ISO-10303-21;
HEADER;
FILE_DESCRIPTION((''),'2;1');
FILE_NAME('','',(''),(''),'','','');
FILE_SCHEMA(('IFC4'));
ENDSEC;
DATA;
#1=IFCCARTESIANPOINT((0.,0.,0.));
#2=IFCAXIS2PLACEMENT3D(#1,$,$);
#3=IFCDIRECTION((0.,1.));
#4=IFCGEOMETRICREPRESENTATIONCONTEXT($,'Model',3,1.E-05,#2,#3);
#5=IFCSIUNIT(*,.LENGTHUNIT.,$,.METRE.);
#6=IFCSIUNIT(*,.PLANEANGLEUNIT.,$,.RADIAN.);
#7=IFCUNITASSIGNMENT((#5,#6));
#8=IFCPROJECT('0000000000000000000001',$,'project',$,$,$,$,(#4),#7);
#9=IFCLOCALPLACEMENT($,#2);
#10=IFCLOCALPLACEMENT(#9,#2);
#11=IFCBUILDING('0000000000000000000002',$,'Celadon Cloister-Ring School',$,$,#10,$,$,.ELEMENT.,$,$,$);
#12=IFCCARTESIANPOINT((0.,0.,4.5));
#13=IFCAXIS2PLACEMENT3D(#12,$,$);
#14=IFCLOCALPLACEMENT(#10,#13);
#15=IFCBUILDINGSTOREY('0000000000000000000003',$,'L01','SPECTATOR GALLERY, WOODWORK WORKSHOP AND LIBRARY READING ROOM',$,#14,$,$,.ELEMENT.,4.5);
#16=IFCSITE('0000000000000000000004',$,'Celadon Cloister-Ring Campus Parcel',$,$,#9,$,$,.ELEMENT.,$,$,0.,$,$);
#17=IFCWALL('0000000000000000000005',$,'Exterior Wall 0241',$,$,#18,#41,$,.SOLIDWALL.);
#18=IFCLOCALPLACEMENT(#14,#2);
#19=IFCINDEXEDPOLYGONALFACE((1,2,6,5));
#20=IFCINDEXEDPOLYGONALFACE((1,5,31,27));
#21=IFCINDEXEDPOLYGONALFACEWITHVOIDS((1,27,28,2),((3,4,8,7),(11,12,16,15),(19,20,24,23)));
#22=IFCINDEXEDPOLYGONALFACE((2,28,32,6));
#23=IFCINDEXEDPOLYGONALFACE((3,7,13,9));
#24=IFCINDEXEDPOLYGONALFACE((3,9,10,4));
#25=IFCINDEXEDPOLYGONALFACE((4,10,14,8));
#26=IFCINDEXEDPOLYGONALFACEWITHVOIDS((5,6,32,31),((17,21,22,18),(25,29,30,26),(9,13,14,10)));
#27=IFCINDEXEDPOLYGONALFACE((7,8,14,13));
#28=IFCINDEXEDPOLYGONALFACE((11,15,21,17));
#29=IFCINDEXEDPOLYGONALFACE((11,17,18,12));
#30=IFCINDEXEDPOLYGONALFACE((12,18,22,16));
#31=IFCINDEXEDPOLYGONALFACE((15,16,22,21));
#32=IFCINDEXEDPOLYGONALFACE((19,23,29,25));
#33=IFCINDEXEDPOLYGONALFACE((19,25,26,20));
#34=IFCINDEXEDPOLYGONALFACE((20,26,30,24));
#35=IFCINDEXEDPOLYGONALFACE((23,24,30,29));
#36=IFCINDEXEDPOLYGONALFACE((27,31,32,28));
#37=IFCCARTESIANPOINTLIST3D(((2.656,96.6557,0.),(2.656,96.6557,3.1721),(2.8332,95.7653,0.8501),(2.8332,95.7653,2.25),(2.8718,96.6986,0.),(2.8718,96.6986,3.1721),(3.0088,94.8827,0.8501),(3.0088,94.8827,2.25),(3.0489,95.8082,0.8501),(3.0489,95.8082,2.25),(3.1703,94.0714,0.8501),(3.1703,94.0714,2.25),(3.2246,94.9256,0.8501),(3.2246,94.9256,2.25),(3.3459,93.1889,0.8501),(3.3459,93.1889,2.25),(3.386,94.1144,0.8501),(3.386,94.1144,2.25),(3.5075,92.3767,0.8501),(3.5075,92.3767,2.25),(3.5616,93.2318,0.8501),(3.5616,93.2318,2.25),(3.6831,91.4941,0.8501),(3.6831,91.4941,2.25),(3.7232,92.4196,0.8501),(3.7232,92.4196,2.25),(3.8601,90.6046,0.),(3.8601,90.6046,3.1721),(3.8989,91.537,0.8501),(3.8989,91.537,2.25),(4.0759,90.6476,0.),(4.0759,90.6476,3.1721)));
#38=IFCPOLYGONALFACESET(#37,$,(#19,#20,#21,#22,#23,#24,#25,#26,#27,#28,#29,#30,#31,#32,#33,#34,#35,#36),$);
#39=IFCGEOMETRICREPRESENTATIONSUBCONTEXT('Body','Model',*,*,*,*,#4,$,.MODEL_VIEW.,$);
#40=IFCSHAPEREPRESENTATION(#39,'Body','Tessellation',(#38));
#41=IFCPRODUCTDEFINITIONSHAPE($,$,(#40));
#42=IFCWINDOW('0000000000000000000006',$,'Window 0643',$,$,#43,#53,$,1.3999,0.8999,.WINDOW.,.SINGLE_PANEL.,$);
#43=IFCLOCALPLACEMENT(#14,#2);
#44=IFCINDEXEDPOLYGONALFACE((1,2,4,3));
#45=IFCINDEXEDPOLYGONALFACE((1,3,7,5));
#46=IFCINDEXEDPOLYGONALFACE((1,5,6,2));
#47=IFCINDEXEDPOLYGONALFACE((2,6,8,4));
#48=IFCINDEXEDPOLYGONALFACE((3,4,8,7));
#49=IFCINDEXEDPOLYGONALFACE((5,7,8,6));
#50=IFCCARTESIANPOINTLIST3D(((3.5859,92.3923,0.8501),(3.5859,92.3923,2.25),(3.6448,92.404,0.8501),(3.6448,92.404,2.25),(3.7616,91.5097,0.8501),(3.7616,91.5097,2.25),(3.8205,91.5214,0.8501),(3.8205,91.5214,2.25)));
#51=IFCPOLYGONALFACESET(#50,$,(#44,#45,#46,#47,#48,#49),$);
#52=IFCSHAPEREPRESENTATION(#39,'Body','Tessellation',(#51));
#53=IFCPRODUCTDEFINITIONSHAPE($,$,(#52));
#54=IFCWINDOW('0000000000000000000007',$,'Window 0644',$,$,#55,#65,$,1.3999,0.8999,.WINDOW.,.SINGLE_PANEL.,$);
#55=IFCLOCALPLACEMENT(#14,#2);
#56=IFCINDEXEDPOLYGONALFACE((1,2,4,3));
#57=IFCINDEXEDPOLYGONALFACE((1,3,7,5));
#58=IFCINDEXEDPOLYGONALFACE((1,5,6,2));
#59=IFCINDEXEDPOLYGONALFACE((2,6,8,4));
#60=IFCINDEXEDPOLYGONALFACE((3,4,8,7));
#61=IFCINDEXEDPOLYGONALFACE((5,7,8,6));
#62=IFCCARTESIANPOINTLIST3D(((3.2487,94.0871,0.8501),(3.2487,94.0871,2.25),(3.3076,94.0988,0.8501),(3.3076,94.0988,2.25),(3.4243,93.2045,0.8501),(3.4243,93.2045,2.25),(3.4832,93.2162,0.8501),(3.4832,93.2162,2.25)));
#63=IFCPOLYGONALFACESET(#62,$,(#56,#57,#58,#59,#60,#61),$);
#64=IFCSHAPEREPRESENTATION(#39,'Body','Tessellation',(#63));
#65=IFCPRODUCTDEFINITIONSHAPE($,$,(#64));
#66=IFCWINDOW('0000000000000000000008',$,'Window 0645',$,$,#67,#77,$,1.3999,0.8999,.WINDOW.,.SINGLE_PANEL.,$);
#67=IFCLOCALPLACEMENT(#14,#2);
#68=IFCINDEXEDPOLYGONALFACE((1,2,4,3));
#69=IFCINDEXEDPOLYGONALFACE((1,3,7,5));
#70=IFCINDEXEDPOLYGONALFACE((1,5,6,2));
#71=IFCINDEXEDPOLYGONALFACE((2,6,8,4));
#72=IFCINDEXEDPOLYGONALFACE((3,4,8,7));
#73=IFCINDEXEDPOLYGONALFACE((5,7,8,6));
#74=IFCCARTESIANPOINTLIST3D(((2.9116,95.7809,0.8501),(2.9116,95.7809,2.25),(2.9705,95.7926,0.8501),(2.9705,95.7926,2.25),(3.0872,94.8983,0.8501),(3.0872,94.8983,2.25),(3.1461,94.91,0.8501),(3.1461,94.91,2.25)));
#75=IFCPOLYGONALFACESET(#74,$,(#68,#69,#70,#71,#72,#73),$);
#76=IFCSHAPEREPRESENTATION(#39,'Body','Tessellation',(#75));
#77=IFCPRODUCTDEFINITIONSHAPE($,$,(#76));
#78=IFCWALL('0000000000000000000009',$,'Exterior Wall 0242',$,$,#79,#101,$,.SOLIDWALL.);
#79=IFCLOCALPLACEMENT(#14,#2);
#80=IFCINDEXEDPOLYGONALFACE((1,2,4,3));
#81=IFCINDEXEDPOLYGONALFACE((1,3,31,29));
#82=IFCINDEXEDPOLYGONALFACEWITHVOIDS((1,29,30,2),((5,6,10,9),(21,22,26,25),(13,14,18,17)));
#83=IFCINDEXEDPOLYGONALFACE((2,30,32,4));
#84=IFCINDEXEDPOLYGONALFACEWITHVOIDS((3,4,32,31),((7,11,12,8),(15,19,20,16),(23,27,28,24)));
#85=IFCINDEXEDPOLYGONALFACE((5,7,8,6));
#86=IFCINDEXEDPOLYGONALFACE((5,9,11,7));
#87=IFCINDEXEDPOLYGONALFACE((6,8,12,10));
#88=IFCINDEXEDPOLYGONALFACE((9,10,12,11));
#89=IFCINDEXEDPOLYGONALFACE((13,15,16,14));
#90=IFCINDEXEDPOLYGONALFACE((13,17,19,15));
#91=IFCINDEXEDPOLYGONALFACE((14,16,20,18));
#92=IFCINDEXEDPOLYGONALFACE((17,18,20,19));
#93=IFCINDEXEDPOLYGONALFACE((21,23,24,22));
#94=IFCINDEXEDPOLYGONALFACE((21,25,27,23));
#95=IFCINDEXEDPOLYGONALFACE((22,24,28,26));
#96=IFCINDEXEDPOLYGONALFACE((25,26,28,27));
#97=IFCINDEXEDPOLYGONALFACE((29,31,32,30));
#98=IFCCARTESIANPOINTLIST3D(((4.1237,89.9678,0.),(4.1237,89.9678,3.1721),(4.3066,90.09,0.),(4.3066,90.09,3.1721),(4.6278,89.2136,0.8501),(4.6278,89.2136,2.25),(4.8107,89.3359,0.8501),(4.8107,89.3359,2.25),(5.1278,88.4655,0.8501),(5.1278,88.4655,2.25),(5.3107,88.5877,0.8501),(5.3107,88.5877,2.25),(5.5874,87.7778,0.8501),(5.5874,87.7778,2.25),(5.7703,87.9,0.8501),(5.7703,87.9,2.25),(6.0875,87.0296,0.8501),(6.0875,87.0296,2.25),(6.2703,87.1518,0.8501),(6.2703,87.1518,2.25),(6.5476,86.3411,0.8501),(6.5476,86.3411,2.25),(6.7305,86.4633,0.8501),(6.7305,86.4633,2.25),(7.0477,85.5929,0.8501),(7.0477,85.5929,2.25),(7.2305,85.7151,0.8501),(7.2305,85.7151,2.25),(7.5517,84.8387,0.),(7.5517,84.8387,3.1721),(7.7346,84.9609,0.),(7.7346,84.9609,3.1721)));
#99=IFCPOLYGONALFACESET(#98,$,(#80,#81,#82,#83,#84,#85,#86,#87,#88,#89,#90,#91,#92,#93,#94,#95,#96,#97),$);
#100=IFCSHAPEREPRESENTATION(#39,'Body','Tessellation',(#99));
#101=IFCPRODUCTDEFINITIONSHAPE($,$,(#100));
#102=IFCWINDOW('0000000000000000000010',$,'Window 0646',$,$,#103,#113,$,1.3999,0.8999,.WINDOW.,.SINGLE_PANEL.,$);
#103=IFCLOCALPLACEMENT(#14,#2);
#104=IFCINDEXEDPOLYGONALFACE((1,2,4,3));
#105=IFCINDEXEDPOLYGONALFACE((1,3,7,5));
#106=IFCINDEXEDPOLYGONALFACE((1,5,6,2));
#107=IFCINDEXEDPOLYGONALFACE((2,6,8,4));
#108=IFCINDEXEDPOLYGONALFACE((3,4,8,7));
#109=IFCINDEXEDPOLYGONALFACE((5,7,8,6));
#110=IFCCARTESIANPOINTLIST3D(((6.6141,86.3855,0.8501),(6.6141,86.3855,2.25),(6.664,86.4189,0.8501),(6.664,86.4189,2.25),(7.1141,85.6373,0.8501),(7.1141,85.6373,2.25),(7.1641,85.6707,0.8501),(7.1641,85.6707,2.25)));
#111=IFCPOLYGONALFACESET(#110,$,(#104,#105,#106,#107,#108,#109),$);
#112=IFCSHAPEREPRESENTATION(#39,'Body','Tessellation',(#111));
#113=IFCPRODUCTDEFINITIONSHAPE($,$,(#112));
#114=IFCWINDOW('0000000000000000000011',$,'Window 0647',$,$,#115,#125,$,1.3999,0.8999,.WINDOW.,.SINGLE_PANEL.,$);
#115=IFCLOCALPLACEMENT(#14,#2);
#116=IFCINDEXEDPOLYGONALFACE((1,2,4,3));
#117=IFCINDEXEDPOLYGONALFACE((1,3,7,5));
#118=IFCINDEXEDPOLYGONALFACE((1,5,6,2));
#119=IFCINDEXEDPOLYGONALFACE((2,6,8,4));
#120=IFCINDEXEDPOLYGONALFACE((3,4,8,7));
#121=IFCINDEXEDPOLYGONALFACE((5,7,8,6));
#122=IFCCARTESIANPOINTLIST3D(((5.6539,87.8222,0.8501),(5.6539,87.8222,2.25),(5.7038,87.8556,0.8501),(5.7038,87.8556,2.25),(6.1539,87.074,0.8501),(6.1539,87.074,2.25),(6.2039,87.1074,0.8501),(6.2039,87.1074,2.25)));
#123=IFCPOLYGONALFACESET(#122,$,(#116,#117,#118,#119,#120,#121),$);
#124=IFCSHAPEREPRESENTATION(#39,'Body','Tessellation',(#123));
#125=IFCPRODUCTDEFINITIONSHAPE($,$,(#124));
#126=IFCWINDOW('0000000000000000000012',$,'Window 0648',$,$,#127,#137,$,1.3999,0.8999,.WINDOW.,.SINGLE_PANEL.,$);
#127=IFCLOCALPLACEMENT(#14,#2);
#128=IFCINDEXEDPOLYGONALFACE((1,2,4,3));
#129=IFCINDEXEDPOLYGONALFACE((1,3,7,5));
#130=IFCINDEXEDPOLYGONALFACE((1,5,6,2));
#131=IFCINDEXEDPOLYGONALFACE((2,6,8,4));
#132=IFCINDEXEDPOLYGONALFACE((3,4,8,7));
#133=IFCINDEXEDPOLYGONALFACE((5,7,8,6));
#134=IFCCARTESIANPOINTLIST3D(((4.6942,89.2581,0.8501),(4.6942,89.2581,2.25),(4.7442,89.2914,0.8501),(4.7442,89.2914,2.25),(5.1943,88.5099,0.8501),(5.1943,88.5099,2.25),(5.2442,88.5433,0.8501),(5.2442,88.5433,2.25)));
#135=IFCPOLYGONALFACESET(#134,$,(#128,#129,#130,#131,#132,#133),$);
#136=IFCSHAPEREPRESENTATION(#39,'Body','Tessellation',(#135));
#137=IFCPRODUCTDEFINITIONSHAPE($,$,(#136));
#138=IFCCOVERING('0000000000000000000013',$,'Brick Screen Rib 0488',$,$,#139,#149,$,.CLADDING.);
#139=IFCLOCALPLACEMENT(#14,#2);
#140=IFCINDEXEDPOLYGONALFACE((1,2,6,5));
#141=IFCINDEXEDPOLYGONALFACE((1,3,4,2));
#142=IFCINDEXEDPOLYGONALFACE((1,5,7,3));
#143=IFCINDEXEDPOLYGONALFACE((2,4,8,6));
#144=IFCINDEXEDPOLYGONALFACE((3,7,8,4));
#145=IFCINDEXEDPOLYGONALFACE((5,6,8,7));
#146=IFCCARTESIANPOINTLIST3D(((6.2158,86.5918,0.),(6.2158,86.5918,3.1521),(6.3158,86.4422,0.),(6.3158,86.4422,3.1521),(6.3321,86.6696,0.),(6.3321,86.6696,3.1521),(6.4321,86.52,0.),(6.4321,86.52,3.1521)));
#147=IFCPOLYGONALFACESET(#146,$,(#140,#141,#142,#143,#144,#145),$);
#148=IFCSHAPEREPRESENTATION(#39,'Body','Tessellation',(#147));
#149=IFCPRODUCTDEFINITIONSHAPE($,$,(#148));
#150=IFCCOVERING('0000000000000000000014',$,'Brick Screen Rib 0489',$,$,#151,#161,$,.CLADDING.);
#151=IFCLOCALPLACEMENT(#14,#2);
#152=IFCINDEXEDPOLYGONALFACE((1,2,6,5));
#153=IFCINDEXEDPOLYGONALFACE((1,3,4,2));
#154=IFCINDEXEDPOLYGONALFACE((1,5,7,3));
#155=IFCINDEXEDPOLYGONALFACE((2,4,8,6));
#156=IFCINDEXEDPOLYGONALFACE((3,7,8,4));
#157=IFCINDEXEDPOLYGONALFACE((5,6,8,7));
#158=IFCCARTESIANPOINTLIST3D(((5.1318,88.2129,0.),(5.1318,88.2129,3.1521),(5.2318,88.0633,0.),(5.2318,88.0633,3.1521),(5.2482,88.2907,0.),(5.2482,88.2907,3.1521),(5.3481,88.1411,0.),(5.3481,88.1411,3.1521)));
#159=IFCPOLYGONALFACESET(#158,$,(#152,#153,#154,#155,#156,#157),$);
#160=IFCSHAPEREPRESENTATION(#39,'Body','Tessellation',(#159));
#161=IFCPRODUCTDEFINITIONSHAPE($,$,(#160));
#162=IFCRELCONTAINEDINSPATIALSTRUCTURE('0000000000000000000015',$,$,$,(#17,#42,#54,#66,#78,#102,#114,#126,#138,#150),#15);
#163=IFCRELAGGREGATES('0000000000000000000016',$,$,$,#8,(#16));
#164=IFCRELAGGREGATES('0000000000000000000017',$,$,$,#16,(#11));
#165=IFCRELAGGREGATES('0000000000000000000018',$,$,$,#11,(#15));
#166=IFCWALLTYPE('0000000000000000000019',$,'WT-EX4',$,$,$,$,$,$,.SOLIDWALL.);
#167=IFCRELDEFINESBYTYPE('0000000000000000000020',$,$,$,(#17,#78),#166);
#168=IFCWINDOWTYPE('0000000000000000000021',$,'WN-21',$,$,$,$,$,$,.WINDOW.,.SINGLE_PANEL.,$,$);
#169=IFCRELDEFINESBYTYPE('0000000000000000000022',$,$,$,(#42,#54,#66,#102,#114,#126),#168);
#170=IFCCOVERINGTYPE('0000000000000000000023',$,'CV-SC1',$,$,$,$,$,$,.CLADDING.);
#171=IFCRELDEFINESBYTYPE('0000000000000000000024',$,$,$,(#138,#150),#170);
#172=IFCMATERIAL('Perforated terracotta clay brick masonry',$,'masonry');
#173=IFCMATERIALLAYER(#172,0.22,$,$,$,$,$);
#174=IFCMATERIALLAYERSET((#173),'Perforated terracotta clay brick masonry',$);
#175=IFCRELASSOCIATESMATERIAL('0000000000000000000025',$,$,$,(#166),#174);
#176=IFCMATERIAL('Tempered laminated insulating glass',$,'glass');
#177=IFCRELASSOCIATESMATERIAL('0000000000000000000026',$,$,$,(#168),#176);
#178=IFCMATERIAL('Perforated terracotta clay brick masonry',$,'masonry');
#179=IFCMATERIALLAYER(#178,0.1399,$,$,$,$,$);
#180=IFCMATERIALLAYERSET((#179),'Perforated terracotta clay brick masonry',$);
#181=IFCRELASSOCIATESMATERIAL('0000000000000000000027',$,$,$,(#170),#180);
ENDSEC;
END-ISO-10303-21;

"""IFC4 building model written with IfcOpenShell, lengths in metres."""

from ifc_helpers import new_model, si_unit, direction, frame, frame_2d, origin, origin_2d, place, context, subcontext, project, spatial, rectangle, extrude, material, layer, layer_set, type_object, element, fill, save


model = new_model("IFC4")

# Units and contexts
model_context = context("Model", 3, precision=1e-05, world=origin(), true_north=direction((0.0, 1.0)))
body_context = subcontext(model_context, "Body", "Model", "MODEL_VIEW")
ifc_project = project(units=[si_unit("LENGTHUNIT", "METRE"), si_unit("PLANEANGLEUNIT", "RADIAN")], contexts=[model_context])

# Site, building, storey
site_placement = place(None, origin())
site = spatial("IfcSite", under=ifc_project, at=site_placement, Name="Celadon Cloister-Ring Campus Parcel", CompositionType="ELEMENT", RefElevation=0.0)
building_placement = place(site_placement, origin())
building = spatial("IfcBuilding", under=site, at=building_placement, Name="Celadon Cloister-Ring School", CompositionType="ELEMENT")
storey_placement = place(building_placement, frame((0.0, 0.0, 4.5)))
storey = spatial("IfcBuildingStorey", under=building, at=storey_placement, Name="L01", Description="SPECTATOR GALLERY, WOODWORK WORKSHOP AND LIBRARY READING ROOM", CompositionType="ELEMENT", Elevation=4.5)

# Walls, openings, windows
ifc_material_1 = material(Name="Perforated terracotta clay brick masonry", Category="masonry")
ifc_layer_1 = layer(ifc_material_1, 0.22)
ifc_layer_set_1 = layer_set([ifc_layer_1], Name="Perforated terracotta clay brick masonry")
wall_type = type_object("IfcWallType", Name="WT-EX4", PredefinedType="SOLIDWALL", material=ifc_layer_set_1)
wall_1_placement = place(storey_placement, frame((3.968, 90.626, 0.0), z_axis=(0.0, 0.0, 1.0), x_axis=(-0.195165, 0.98077, 0.0)))
wall_1 = element("IfcWall", 1, at=wall_1_placement, inside=storey, type_object=wall_type, Name="Exterior Wall 0241", PredefinedType="SOLIDWALL", context=body_context, shape_type="SweptSolid", body=[
    extrude(rectangle(XDim=6.1697, YDim=0.22, at=frame_2d((3.085, 0.0))), origin(), (0.0, 0.0, 1.0), 3.1721),
])
opening_1_placement = place(wall_1_placement, frame((0.907, 0.0, 0.8501)))
opening_1 = element("IfcOpeningElement", 2, at=opening_1_placement, cuts=wall_1, PredefinedType="OPENING", context=body_context, shape_type="SweptSolid", body=[
    extrude(rectangle(XDim=0.8999, YDim=1.3999, at=frame_2d((0.45, 0.7))), frame((0.0, 0.1201, 0.0), z_axis=(0.0, -1.0, 0.0), x_axis=(1.0, 0.0, 0.0)), (0.0, 0.0, 1.0), 0.24),
])
opening_2_placement = place(wall_1_placement, frame((2.635, 0.0, 0.8501)))
opening_2 = element("IfcOpeningElement", 3, at=opening_2_placement, cuts=wall_1, PredefinedType="OPENING", context=body_context, shape_type="SweptSolid", body=[
    extrude(rectangle(XDim=0.8999, YDim=1.3999, at=frame_2d((0.45, 0.7))), frame((0.0, 0.1201, 0.0), z_axis=(0.0, -1.0, 0.0), x_axis=(1.0, 0.0, 0.0)), (0.0, 0.0, 1.0), 0.24),
])
opening_3_placement = place(wall_1_placement, frame((4.3621, 0.0, 0.8501)))
opening_3 = element("IfcOpeningElement", 4, at=opening_3_placement, cuts=wall_1, PredefinedType="OPENING", context=body_context, shape_type="SweptSolid", body=[
    extrude(rectangle(XDim=0.8999, YDim=1.3999, at=frame_2d((0.45, 0.7))), frame((0.0, 0.1201, 0.0), z_axis=(0.0, -1.0, 0.0), x_axis=(1.0, 0.0, 0.0)), (0.0, 0.0, 1.0), 0.24),
])
ifc_material_2 = material(Name="Tempered laminated insulating glass", Category="glass")
window_type = type_object("IfcWindowType", Name="WN-21", PartitioningType="SINGLE_PANEL", PredefinedType="WINDOW", material=ifc_material_2)
window_1_placement = place(opening_1_placement, origin())
window_1 = element("IfcWindow", 5, at=window_1_placement, inside=storey, type_object=window_type, Name="Window 0643", OverallHeight=1.3999, OverallWidth=0.8999, PartitioningType="SINGLE_PANEL", PredefinedType="WINDOW", context=body_context, shape_type="SweptSolid", body=[
    extrude(rectangle(XDim=0.8999, YDim=1.3999, at=frame_2d((0.45, 0.7))), frame((0.0, 0.03, 0.0), z_axis=(0.0, -1.0, 0.0), x_axis=(1.0, 0.0, 0.0)), (0.0, 0.0, 1.0), 0.0601),
])
fill(opening_1, window_1)
window_2_placement = place(opening_2_placement, origin())
window_2 = element("IfcWindow", 6, at=window_2_placement, inside=storey, type_object=window_type, Name="Window 0644", OverallHeight=1.3999, OverallWidth=0.8999, PartitioningType="SINGLE_PANEL", PredefinedType="WINDOW", context=body_context, shape_type="SweptSolid", body=[
    extrude(rectangle(XDim=0.8999, YDim=1.3999, at=frame_2d((0.45, 0.7))), frame((0.0, 0.03, 0.0), z_axis=(0.0, -1.0, 0.0), x_axis=(1.0, 0.0, 0.0)), (0.0, 0.0, 1.0), 0.0601),
])
fill(opening_2, window_2)
window_3_placement = place(opening_3_placement, origin())
window_3 = element("IfcWindow", 7, at=window_3_placement, inside=storey, type_object=window_type, Name="Window 0645", OverallHeight=1.3999, OverallWidth=0.8999, PartitioningType="SINGLE_PANEL", PredefinedType="WINDOW", context=body_context, shape_type="SweptSolid", body=[
    extrude(rectangle(XDim=0.8999, YDim=1.3999, at=frame_2d((0.45, 0.7))), frame((0.0, 0.03, 0.0), z_axis=(0.0, -1.0, 0.0), x_axis=(1.0, 0.0, 0.0)), (0.0, 0.0, 1.0), 0.0601),
])
fill(opening_3, window_3)
wall_2_placement = place(storey_placement, frame((7.6431, 84.8999, 0.0), z_axis=(0.0, 0.0, 1.0), x_axis=(-0.555659, 0.83141, 0.0)))
wall_2 = element("IfcWall", 8, at=wall_2_placement, inside=storey, type_object=wall_type, Name="Exterior Wall 0242", PredefinedType="SOLIDWALL", context=body_context, shape_type="SweptSolid", body=[
    extrude(rectangle(XDim=6.1692, YDim=0.22, at=frame_2d((3.0845, 0.0))), origin(), (0.0, 0.0, 1.0), 3.1721),
])
opening_4_placement = place(wall_2_placement, frame((0.907, 0.0, 0.8501)))
opening_4 = element("IfcOpeningElement", 9, at=opening_4_placement, cuts=wall_2, PredefinedType="OPENING", context=body_context, shape_type="SweptSolid", body=[
    extrude(rectangle(XDim=0.8999, YDim=1.3999, at=frame_2d((0.45, 0.7))), frame((0.0, 0.1201, 0.0), z_axis=(0.0, -1.0, 0.0), x_axis=(1.0, 0.0, 0.0)), (0.0, 0.0, 1.0), 0.24),
])
opening_5_placement = place(wall_2_placement, frame((2.635, 0.0, 0.8501)))
opening_5 = element("IfcOpeningElement", 10, at=opening_5_placement, cuts=wall_2, PredefinedType="OPENING", context=body_context, shape_type="SweptSolid", body=[
    extrude(rectangle(XDim=0.8999, YDim=1.3999, at=frame_2d((0.45, 0.7))), frame((0.0, 0.1201, 0.0), z_axis=(0.0, -1.0, 0.0), x_axis=(1.0, 0.0, 0.0)), (0.0, 0.0, 1.0), 0.24),
])
opening_6_placement = place(wall_2_placement, frame((4.3621, 0.0, 0.8501)))
opening_6 = element("IfcOpeningElement", 11, at=opening_6_placement, cuts=wall_2, PredefinedType="OPENING", context=body_context, shape_type="SweptSolid", body=[
    extrude(rectangle(XDim=0.8999, YDim=1.3999, at=frame_2d((0.45, 0.7))), frame((0.0, 0.1201, 0.0), z_axis=(0.0, -1.0, 0.0), x_axis=(1.0, 0.0, 0.0)), (0.0, 0.0, 1.0), 0.24),
])
window_4_placement = place(opening_4_placement, origin())
window_4 = element("IfcWindow", 12, at=window_4_placement, inside=storey, type_object=window_type, Name="Window 0646", OverallHeight=1.3999, OverallWidth=0.8999, PartitioningType="SINGLE_PANEL", PredefinedType="WINDOW", context=body_context, shape_type="SweptSolid", body=[
    extrude(rectangle(XDim=0.8999, YDim=1.3999, at=frame_2d((0.45, 0.7))), frame((0.0, 0.03, 0.0), z_axis=(0.0, -1.0, 0.0), x_axis=(1.0, 0.0, 0.0)), (0.0, 0.0, 1.0), 0.0601),
])
fill(opening_4, window_4)
window_5_placement = place(opening_5_placement, origin())
window_5 = element("IfcWindow", 13, at=window_5_placement, inside=storey, type_object=window_type, Name="Window 0647", OverallHeight=1.3999, OverallWidth=0.8999, PartitioningType="SINGLE_PANEL", PredefinedType="WINDOW", context=body_context, shape_type="SweptSolid", body=[
    extrude(rectangle(XDim=0.8999, YDim=1.3999, at=frame_2d((0.45, 0.7))), frame((0.0, 0.03, 0.0), z_axis=(0.0, -1.0, 0.0), x_axis=(1.0, 0.0, 0.0)), (0.0, 0.0, 1.0), 0.0601),
])
fill(opening_5, window_5)
window_6_placement = place(opening_6_placement, origin())
window_6 = element("IfcWindow", 14, at=window_6_placement, inside=storey, type_object=window_type, Name="Window 0648", OverallHeight=1.3999, OverallWidth=0.8999, PartitioningType="SINGLE_PANEL", PredefinedType="WINDOW", context=body_context, shape_type="SweptSolid", body=[
    extrude(rectangle(XDim=0.8999, YDim=1.3999, at=frame_2d((0.45, 0.7))), frame((0.0, 0.03, 0.0), z_axis=(0.0, -1.0, 0.0), x_axis=(1.0, 0.0, 0.0)), (0.0, 0.0, 1.0), 0.0601),
])
fill(opening_6, window_6)

# Coverings
ifc_material_3 = material(Name="Perforated terracotta clay brick masonry", Category="masonry")
ifc_layer_2 = layer(ifc_material_3, 0.1399)
ifc_layer_set_2 = layer_set([ifc_layer_2], Name="Perforated terracotta clay brick masonry")
covering_type = type_object("IfcCoveringType", Name="CV-SC1", PredefinedType="CLADDING", material=ifc_layer_set_2)
for number, where, z_axis, x_axis, name in (
    (15, (6.324, 86.5559, 0.0), (0.0, 0.0, 1.0), (-0.555672, 0.831402, 0.0), "Brick Screen Rib 0488"),
    (16, (5.24, 88.177, 0.0), (0.0, 0.0, 1.0), (-0.555672, 0.831402, 0.0), "Brick Screen Rib 0489"),
):
    element("IfcCovering", number, at=place(storey_placement, frame(where, z_axis=z_axis, x_axis=x_axis)), inside=storey, type_object=covering_type, Name=name, PredefinedType="CLADDING", context=body_context, shape_type="SweptSolid", body=[
        extrude(rectangle(XDim=0.1799, YDim=0.1399, at=origin_2d()), origin(), (0.0, 0.0, 1.0), 3.1521),
    ])

save(model, "model.ifc")
